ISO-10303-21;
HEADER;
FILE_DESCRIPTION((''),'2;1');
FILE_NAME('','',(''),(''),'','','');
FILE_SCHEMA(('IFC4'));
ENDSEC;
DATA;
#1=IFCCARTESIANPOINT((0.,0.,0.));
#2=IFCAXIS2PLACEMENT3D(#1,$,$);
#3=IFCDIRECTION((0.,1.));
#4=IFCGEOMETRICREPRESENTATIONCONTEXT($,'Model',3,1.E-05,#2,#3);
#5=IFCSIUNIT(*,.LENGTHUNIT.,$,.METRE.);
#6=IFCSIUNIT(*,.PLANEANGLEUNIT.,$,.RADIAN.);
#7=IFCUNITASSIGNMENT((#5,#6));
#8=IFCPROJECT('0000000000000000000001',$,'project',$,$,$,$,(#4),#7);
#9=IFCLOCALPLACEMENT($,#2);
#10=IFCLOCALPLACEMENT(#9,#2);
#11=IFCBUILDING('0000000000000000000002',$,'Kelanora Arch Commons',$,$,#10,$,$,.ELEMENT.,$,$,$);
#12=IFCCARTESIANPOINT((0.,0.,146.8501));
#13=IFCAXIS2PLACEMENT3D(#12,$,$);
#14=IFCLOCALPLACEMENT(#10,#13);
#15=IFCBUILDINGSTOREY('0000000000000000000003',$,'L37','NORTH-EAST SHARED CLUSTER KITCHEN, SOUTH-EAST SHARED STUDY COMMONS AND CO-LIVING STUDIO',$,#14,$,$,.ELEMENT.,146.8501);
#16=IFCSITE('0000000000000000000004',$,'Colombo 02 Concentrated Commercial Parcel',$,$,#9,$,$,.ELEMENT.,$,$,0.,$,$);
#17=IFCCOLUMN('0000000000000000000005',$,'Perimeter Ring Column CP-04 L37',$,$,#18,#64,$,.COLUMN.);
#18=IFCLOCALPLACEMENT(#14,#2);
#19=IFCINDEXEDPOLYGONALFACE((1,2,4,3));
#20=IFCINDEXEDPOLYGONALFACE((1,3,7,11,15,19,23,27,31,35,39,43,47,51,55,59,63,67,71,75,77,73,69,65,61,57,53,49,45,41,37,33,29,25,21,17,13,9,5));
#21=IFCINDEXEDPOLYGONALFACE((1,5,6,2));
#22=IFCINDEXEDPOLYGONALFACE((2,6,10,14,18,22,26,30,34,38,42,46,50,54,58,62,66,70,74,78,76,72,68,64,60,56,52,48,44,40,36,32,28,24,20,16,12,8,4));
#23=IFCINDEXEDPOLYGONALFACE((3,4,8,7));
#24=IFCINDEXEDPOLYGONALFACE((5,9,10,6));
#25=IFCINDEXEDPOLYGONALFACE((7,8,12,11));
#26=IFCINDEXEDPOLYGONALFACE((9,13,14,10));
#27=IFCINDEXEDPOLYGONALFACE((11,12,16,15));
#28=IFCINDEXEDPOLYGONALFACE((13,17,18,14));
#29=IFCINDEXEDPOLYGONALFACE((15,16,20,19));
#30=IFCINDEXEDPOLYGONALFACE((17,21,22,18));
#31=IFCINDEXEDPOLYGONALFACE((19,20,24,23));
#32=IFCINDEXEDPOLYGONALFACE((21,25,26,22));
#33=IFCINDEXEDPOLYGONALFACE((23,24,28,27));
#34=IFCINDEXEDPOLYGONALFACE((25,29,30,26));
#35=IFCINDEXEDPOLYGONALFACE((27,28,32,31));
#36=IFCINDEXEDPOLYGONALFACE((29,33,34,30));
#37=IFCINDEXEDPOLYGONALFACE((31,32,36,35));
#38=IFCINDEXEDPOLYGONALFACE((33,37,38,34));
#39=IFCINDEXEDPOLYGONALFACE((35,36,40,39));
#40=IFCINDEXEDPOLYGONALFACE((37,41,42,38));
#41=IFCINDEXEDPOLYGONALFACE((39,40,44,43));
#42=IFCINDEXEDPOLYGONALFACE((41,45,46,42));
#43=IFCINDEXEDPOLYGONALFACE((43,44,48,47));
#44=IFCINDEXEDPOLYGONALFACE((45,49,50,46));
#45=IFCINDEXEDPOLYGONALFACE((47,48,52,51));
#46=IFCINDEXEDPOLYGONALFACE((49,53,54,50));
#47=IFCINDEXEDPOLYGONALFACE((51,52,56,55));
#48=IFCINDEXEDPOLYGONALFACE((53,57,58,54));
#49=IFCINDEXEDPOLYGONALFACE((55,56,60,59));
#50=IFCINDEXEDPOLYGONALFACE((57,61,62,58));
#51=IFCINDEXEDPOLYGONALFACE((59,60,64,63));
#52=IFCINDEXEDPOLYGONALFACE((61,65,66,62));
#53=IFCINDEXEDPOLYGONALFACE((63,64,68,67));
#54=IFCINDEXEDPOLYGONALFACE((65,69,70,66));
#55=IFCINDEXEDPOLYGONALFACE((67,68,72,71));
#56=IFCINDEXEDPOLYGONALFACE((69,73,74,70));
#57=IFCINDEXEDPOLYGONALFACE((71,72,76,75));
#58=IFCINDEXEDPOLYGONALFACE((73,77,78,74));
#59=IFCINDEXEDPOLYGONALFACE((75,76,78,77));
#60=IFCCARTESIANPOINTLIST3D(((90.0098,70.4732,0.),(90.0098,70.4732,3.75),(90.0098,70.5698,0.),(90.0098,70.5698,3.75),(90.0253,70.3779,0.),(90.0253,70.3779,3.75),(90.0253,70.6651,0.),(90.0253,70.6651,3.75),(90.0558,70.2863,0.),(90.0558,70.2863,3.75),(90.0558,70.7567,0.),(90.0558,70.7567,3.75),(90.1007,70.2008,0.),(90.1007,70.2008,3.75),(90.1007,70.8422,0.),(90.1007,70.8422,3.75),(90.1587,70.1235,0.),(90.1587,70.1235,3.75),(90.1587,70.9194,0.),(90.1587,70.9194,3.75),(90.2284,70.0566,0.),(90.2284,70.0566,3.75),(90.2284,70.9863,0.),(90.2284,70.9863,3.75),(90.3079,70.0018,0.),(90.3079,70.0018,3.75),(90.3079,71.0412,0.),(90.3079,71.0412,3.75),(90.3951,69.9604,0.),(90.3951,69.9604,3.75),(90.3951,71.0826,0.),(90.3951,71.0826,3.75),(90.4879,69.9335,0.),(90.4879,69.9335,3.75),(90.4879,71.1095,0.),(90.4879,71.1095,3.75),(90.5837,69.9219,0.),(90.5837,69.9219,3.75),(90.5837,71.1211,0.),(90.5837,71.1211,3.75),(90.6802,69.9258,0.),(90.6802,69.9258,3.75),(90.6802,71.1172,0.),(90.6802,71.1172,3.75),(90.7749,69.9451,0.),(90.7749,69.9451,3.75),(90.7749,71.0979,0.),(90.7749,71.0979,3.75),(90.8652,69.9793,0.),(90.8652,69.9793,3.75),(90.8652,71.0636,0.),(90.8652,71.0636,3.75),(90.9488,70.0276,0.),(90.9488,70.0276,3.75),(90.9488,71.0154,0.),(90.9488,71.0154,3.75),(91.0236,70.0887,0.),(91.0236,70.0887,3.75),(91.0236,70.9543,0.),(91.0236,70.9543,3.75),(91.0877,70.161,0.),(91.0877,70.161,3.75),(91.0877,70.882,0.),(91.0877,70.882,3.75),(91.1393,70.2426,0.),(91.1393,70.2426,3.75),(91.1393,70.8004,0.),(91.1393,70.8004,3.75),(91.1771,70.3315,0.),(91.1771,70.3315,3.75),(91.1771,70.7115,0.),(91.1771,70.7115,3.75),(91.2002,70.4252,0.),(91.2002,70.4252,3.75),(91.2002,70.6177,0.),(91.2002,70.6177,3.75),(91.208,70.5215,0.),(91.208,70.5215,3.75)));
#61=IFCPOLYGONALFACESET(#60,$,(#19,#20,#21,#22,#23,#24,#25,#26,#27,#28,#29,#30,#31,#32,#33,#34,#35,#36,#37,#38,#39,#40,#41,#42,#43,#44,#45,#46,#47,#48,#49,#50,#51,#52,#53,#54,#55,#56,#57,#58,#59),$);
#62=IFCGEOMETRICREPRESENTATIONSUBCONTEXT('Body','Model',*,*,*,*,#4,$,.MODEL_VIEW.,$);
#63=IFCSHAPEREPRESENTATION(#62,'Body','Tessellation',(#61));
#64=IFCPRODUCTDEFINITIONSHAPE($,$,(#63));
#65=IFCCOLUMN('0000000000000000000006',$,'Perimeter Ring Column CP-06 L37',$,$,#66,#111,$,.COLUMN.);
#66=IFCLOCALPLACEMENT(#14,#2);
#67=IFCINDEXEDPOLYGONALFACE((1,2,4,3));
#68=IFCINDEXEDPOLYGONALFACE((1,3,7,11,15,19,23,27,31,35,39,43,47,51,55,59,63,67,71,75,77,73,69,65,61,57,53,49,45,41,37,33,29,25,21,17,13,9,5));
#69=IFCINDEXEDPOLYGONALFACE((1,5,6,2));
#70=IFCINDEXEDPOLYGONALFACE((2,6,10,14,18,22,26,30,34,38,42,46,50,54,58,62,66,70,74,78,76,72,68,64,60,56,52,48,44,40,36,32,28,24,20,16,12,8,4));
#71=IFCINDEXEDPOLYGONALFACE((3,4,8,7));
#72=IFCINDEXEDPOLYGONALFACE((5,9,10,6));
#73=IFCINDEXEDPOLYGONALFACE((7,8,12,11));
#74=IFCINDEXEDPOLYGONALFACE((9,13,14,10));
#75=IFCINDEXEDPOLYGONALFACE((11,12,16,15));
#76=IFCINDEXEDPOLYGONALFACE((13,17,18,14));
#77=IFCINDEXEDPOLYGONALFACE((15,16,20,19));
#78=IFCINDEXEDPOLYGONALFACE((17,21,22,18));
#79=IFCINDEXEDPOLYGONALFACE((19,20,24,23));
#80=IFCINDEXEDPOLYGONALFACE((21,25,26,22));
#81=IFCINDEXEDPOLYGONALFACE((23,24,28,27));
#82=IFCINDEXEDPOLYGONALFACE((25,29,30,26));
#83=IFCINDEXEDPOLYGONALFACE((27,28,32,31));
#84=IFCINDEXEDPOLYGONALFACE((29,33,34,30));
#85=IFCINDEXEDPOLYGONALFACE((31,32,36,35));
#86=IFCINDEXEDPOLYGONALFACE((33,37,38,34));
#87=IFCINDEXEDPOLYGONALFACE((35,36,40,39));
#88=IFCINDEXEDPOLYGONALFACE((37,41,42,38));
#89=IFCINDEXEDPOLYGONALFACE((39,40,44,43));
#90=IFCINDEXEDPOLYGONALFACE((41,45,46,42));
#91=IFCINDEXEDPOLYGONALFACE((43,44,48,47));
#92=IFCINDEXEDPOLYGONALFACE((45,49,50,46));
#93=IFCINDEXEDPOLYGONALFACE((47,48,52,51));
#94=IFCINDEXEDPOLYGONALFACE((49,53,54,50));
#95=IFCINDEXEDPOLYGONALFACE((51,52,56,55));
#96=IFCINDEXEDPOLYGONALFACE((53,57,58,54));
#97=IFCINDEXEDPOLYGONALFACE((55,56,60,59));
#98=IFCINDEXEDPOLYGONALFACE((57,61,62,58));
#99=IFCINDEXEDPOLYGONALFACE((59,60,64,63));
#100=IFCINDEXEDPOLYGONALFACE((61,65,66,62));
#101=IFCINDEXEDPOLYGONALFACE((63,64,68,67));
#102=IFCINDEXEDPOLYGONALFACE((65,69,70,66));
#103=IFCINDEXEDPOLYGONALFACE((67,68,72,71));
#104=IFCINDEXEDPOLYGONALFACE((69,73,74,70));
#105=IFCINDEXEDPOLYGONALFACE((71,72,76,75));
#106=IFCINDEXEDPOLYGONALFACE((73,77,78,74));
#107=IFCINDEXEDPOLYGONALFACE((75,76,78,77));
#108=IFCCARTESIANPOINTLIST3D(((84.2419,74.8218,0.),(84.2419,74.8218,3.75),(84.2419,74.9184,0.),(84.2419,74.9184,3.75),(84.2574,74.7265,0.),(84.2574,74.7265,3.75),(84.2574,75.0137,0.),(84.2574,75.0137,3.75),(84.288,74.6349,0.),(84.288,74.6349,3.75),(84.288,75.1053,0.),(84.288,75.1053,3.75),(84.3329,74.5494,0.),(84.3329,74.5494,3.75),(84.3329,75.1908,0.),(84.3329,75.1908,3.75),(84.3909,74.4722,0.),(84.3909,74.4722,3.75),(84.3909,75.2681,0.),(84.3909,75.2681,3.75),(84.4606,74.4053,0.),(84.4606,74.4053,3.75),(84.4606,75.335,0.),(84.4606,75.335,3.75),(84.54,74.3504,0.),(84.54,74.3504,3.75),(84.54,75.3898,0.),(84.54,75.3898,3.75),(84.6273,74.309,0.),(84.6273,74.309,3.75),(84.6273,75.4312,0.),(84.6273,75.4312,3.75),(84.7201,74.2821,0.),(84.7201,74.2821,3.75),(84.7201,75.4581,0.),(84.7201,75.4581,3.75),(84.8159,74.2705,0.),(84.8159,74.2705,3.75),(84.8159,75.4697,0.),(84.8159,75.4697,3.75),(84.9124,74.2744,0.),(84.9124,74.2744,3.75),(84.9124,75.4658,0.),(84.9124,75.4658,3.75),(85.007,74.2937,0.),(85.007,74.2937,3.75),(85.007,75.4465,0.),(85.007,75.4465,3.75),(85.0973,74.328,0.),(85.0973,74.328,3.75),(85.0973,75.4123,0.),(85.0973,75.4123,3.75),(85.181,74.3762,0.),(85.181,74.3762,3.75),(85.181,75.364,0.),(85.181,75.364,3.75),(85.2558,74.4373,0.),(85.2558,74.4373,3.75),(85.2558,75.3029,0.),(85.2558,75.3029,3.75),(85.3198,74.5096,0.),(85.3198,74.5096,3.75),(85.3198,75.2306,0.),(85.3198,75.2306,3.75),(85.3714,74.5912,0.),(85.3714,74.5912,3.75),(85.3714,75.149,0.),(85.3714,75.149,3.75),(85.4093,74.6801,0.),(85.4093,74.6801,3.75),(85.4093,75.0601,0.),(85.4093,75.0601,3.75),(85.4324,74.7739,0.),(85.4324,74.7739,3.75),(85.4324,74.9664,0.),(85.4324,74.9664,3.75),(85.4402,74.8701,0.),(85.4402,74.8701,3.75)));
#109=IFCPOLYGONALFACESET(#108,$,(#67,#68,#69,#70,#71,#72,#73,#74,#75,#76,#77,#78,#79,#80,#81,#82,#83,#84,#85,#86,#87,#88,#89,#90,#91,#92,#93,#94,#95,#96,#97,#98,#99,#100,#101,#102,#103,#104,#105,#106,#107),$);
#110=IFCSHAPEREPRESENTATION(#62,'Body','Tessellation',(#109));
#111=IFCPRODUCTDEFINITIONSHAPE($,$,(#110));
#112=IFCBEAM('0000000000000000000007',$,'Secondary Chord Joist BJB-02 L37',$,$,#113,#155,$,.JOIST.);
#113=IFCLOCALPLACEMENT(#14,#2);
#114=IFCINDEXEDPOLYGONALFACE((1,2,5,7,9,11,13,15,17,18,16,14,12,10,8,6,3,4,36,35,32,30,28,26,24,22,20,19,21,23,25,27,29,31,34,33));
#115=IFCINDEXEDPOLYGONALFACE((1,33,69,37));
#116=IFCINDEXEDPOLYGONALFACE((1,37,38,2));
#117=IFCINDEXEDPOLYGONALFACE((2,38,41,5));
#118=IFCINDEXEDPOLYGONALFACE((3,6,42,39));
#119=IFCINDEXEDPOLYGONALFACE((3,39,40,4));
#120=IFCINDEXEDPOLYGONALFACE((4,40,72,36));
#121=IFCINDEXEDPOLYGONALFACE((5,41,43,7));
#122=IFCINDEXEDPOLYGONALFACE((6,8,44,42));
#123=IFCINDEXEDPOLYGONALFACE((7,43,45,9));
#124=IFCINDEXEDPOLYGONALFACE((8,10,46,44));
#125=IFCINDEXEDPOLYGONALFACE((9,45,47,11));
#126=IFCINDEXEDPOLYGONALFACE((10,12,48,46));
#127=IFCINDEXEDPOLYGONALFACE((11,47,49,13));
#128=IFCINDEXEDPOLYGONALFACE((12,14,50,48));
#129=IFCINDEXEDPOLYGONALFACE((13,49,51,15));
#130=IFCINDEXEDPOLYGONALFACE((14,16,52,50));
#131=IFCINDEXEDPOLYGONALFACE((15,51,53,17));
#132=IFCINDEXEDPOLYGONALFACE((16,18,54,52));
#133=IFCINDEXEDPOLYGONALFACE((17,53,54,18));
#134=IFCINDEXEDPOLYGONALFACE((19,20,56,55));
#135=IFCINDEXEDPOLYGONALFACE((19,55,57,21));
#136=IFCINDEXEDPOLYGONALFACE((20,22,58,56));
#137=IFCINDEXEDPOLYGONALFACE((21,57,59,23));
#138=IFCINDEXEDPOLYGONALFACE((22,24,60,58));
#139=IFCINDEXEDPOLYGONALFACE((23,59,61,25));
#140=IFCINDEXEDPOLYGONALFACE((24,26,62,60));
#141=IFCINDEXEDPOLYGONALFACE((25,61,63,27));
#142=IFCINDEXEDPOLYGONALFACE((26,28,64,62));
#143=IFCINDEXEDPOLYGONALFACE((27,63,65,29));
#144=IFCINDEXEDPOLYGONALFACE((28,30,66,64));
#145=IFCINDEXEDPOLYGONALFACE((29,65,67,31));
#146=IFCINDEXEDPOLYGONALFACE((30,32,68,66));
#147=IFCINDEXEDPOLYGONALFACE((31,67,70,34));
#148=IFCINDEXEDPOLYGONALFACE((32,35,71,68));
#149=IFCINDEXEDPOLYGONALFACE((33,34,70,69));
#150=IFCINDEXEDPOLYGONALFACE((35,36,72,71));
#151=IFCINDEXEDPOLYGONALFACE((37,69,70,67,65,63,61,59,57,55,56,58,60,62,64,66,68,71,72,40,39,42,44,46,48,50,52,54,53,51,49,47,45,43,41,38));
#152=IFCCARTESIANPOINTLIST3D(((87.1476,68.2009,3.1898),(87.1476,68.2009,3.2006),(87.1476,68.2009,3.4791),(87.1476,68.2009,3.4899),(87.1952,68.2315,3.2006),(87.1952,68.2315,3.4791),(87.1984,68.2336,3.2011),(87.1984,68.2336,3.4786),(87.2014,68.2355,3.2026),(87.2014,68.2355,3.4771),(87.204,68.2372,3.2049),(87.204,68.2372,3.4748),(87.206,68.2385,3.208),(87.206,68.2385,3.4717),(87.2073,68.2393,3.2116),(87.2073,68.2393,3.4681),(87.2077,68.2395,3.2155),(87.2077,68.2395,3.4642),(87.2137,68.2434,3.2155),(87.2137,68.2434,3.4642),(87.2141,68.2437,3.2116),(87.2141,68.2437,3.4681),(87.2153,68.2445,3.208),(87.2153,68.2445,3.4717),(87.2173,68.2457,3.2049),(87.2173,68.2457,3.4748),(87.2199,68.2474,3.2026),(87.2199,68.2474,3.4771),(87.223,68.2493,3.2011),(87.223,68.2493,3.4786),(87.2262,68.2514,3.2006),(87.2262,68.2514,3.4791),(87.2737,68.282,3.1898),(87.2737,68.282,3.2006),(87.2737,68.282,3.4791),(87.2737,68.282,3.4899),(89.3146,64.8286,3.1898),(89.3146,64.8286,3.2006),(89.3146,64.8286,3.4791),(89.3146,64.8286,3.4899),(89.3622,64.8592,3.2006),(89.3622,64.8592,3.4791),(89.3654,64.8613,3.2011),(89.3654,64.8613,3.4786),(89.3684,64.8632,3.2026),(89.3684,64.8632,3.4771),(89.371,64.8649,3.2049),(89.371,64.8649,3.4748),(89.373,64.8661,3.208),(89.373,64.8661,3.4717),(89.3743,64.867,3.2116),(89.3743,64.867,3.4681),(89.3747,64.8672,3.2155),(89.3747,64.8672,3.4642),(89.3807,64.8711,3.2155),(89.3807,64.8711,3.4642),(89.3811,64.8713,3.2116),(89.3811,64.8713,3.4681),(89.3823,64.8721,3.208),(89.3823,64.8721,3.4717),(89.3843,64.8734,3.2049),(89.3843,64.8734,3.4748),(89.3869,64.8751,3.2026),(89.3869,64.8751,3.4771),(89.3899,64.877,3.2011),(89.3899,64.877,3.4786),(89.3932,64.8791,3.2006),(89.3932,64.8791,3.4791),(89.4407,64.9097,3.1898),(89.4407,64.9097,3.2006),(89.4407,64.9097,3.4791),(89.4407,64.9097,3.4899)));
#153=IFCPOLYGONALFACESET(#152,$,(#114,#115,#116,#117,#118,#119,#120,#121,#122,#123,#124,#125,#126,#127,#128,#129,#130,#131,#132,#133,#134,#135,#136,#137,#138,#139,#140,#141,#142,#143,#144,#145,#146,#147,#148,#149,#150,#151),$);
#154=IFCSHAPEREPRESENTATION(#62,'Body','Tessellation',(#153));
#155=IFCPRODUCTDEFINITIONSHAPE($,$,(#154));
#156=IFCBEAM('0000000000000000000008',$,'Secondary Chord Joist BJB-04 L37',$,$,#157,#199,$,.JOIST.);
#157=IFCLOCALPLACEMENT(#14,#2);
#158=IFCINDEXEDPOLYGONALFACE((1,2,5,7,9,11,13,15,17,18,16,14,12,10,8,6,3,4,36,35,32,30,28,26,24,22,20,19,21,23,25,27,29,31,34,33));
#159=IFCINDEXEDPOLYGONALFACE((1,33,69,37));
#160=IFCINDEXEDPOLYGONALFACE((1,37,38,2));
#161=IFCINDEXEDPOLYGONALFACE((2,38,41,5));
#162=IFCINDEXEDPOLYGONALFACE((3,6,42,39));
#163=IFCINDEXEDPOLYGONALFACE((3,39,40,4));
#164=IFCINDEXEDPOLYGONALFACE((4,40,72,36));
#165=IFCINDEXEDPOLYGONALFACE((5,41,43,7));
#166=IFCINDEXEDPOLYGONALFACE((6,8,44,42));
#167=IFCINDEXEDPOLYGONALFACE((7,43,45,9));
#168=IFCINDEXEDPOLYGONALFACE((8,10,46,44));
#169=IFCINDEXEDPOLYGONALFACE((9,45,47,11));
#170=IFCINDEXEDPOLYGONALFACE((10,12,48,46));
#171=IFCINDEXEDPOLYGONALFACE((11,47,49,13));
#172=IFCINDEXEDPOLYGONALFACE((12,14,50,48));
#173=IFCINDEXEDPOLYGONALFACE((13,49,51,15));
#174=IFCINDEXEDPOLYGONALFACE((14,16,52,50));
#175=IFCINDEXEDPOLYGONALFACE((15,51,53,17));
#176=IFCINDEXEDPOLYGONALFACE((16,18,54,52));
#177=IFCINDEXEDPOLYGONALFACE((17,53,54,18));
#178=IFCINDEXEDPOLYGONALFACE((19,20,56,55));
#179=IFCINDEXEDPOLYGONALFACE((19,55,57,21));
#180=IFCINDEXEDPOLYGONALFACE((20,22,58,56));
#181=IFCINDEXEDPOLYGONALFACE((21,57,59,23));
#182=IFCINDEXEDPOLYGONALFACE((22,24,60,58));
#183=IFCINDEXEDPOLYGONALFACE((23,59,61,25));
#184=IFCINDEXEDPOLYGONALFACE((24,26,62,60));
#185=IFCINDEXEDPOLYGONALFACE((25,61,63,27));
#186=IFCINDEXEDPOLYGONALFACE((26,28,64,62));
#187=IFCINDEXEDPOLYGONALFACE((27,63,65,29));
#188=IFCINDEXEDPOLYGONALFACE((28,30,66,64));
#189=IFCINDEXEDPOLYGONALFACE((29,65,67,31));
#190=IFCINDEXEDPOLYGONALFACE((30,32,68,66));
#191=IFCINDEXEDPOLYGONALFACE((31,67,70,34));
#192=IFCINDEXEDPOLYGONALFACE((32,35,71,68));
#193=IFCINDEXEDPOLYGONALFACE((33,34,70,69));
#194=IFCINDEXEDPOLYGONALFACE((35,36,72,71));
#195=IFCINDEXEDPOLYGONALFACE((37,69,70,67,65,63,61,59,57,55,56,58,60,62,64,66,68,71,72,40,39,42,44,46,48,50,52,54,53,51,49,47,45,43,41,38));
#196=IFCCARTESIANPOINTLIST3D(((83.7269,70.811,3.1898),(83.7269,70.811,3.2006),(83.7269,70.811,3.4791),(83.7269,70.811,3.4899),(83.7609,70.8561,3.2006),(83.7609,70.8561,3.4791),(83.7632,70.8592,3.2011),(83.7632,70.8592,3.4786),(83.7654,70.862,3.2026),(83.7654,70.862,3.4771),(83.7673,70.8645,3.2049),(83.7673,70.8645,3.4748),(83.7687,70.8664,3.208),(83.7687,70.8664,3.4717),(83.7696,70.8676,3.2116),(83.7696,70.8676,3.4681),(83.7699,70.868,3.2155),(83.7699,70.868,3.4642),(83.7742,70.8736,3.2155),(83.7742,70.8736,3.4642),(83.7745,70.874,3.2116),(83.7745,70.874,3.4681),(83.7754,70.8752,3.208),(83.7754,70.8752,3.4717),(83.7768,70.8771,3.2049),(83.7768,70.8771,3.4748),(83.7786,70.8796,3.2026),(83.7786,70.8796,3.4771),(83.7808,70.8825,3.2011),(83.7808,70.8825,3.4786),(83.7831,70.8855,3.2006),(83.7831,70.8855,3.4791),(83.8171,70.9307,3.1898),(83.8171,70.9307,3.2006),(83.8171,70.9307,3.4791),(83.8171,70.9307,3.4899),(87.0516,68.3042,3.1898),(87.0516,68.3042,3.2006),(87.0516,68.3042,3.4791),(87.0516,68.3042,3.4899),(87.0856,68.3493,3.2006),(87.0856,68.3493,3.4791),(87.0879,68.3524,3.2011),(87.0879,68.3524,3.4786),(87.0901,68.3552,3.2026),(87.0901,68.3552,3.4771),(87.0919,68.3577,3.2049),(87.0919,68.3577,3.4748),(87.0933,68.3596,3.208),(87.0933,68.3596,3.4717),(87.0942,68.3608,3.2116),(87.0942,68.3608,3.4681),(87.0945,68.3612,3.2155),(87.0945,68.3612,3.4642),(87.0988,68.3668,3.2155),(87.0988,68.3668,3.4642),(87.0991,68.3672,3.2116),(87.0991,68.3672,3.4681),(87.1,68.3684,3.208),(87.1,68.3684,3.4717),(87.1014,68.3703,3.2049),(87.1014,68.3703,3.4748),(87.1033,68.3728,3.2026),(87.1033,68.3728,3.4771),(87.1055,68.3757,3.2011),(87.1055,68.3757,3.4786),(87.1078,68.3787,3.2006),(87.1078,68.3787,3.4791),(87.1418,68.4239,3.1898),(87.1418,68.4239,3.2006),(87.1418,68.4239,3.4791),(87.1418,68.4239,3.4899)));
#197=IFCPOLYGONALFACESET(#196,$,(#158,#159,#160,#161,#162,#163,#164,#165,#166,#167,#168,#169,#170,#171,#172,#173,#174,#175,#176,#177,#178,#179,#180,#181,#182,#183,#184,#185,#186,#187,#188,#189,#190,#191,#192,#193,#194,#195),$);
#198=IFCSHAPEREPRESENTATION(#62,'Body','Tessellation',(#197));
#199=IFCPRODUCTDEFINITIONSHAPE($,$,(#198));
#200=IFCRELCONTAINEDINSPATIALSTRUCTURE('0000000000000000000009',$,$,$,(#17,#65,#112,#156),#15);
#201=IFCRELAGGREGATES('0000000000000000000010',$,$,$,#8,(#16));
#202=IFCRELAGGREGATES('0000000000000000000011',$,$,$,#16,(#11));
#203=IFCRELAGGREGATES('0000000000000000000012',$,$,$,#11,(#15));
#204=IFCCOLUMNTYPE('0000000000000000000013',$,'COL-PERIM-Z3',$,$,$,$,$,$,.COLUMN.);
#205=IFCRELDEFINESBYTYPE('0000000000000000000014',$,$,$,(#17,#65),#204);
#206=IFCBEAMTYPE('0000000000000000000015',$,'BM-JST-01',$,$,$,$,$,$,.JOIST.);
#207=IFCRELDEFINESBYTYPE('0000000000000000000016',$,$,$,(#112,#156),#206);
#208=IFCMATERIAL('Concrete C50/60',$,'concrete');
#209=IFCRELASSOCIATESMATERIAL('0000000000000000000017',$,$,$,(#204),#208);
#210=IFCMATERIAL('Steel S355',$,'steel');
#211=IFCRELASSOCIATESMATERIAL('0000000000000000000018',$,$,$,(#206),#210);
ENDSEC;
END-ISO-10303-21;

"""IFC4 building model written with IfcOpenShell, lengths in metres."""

from ifc_helpers import new_model, si_unit, direction, frame, origin, origin_2d, place, context, subcontext, project, spatial, circle, i_section, extrude, material, material_profile, profile_set, type_object, element, save


model = new_model("IFC4")

# Units and contexts
model_context = context("Model", 3, precision=1e-05, world=origin(), true_north=direction((0.0, 1.0)))
body_context = subcontext(model_context, "Body", "Model", "MODEL_VIEW")
ifc_project = project(units=[si_unit("LENGTHUNIT", "METRE"), si_unit("PLANEANGLEUNIT", "RADIAN")], contexts=[model_context])

# Site, building, storey
site_placement = place(None, origin())
site = spatial("IfcSite", under=ifc_project, at=site_placement, Name="Colombo 02 Concentrated Commercial Parcel", CompositionType="ELEMENT", RefElevation=0.0)
building_placement = place(site_placement, origin())
building = spatial("IfcBuilding", under=site, at=building_placement, Name="Kelanora Arch Commons", CompositionType="ELEMENT")
storey_placement = place(building_placement, frame((0.0, 0.0, 146.8501)))
storey = spatial("IfcBuildingStorey", under=building, at=storey_placement, Name="L37", Description="NORTH-EAST SHARED CLUSTER KITCHEN, SOUTH-EAST SHARED STUDY COMMONS AND CO-LIVING STUDIO", CompositionType="ELEMENT", Elevation=146.8501)

# Columns
ifc_material_1 = material(Name="Concrete C50/60", Category="concrete")
ifc_material_profile_1 = material_profile(ifc_material_1, circle(Radius=0.6001, at=origin_2d()), Name="RCC1200")
ifc_profile_set_1 = profile_set([ifc_material_profile_1], Name="Concrete C50/60")
column_type = type_object("IfcColumnType", Name="COL-PERIM-Z3", PredefinedType="COLUMN", material=ifc_profile_set_1)
for number, where, z_axis, x_axis, name in (
    (1, (90.6079, 70.5215, 0.0), (0.0, 0.0, 1.0), (1.0, 0.0, 0.0), "Perimeter Ring Column CP-04 L37"),
    (2, (84.8401, 74.8701, 0.0), (0.0, 0.0, 1.0), (1.0, 0.0, 0.0), "Perimeter Ring Column CP-06 L37"),
):
    element("IfcColumn", number, at=place(storey_placement, frame(where, z_axis=z_axis, x_axis=x_axis)), inside=storey, type_object=column_type, Name=name, PredefinedType="COLUMN", context=body_context, shape_type="SweptSolid", body=[
        extrude(circle(Radius=0.6001, at=origin_2d()), origin(), (0.0, 0.0, 1.0), 3.75),
    ])

# Beams
ifc_material_2 = material(Name="Steel S355", Category="steel")
ifc_material_profile_2 = material_profile(ifc_material_2, i_section(OverallWidth=0.1499, OverallDepth=0.3, WebThickness=0.0071, FlangeThickness=0.0107, FilletRadius=0.0149, at=origin_2d()), Name="IPE300")
ifc_profile_set_2 = profile_set([ifc_material_profile_2], Name="Steel S355")
beam_type_1 = type_object("IfcBeamType", Name="BM-JST-01", PredefinedType="JOIST", material=ifc_profile_set_2)
beam_1_placement = place(storey_placement, frame((89.3777, 64.8691, 3.3398), z_axis=(-0.540594, 0.841283, 0.0), x_axis=(-0.841283, -0.540594, 0.0)))
element("IfcBeam", 3, at=beam_1_placement, inside=storey, type_object=beam_type_1, Name="Secondary Chord Joist BJB-02 L37", PredefinedType="JOIST", context=body_context, shape_type="SweptSolid", body=[
    extrude(i_section(OverallWidth=0.1499, OverallDepth=0.3, WebThickness=0.0071, FlangeThickness=0.0107, FilletRadius=0.0149, at=origin_2d()), origin(), (0.0, 0.0, 1.0), 4.0085),
])
beam_2_placement = place(storey_placement, frame((87.0967, 68.364, 3.3398), z_axis=(-0.798464, 0.602043, 0.0), x_axis=(-0.602043, -0.798464, 0.0)))
element("IfcBeam", 4, at=beam_2_placement, inside=storey, type_object=beam_type_1, Name="Secondary Chord Joist BJB-04 L37", PredefinedType="JOIST", context=body_context, shape_type="SweptSolid", body=[
    extrude(i_section(OverallWidth=0.1499, OverallDepth=0.3, WebThickness=0.0071, FlangeThickness=0.0107, FilletRadius=0.0149, at=origin_2d()), origin(), (0.0, 0.0, 1.0), 4.1638),
])

save(model, "model.ifc")
